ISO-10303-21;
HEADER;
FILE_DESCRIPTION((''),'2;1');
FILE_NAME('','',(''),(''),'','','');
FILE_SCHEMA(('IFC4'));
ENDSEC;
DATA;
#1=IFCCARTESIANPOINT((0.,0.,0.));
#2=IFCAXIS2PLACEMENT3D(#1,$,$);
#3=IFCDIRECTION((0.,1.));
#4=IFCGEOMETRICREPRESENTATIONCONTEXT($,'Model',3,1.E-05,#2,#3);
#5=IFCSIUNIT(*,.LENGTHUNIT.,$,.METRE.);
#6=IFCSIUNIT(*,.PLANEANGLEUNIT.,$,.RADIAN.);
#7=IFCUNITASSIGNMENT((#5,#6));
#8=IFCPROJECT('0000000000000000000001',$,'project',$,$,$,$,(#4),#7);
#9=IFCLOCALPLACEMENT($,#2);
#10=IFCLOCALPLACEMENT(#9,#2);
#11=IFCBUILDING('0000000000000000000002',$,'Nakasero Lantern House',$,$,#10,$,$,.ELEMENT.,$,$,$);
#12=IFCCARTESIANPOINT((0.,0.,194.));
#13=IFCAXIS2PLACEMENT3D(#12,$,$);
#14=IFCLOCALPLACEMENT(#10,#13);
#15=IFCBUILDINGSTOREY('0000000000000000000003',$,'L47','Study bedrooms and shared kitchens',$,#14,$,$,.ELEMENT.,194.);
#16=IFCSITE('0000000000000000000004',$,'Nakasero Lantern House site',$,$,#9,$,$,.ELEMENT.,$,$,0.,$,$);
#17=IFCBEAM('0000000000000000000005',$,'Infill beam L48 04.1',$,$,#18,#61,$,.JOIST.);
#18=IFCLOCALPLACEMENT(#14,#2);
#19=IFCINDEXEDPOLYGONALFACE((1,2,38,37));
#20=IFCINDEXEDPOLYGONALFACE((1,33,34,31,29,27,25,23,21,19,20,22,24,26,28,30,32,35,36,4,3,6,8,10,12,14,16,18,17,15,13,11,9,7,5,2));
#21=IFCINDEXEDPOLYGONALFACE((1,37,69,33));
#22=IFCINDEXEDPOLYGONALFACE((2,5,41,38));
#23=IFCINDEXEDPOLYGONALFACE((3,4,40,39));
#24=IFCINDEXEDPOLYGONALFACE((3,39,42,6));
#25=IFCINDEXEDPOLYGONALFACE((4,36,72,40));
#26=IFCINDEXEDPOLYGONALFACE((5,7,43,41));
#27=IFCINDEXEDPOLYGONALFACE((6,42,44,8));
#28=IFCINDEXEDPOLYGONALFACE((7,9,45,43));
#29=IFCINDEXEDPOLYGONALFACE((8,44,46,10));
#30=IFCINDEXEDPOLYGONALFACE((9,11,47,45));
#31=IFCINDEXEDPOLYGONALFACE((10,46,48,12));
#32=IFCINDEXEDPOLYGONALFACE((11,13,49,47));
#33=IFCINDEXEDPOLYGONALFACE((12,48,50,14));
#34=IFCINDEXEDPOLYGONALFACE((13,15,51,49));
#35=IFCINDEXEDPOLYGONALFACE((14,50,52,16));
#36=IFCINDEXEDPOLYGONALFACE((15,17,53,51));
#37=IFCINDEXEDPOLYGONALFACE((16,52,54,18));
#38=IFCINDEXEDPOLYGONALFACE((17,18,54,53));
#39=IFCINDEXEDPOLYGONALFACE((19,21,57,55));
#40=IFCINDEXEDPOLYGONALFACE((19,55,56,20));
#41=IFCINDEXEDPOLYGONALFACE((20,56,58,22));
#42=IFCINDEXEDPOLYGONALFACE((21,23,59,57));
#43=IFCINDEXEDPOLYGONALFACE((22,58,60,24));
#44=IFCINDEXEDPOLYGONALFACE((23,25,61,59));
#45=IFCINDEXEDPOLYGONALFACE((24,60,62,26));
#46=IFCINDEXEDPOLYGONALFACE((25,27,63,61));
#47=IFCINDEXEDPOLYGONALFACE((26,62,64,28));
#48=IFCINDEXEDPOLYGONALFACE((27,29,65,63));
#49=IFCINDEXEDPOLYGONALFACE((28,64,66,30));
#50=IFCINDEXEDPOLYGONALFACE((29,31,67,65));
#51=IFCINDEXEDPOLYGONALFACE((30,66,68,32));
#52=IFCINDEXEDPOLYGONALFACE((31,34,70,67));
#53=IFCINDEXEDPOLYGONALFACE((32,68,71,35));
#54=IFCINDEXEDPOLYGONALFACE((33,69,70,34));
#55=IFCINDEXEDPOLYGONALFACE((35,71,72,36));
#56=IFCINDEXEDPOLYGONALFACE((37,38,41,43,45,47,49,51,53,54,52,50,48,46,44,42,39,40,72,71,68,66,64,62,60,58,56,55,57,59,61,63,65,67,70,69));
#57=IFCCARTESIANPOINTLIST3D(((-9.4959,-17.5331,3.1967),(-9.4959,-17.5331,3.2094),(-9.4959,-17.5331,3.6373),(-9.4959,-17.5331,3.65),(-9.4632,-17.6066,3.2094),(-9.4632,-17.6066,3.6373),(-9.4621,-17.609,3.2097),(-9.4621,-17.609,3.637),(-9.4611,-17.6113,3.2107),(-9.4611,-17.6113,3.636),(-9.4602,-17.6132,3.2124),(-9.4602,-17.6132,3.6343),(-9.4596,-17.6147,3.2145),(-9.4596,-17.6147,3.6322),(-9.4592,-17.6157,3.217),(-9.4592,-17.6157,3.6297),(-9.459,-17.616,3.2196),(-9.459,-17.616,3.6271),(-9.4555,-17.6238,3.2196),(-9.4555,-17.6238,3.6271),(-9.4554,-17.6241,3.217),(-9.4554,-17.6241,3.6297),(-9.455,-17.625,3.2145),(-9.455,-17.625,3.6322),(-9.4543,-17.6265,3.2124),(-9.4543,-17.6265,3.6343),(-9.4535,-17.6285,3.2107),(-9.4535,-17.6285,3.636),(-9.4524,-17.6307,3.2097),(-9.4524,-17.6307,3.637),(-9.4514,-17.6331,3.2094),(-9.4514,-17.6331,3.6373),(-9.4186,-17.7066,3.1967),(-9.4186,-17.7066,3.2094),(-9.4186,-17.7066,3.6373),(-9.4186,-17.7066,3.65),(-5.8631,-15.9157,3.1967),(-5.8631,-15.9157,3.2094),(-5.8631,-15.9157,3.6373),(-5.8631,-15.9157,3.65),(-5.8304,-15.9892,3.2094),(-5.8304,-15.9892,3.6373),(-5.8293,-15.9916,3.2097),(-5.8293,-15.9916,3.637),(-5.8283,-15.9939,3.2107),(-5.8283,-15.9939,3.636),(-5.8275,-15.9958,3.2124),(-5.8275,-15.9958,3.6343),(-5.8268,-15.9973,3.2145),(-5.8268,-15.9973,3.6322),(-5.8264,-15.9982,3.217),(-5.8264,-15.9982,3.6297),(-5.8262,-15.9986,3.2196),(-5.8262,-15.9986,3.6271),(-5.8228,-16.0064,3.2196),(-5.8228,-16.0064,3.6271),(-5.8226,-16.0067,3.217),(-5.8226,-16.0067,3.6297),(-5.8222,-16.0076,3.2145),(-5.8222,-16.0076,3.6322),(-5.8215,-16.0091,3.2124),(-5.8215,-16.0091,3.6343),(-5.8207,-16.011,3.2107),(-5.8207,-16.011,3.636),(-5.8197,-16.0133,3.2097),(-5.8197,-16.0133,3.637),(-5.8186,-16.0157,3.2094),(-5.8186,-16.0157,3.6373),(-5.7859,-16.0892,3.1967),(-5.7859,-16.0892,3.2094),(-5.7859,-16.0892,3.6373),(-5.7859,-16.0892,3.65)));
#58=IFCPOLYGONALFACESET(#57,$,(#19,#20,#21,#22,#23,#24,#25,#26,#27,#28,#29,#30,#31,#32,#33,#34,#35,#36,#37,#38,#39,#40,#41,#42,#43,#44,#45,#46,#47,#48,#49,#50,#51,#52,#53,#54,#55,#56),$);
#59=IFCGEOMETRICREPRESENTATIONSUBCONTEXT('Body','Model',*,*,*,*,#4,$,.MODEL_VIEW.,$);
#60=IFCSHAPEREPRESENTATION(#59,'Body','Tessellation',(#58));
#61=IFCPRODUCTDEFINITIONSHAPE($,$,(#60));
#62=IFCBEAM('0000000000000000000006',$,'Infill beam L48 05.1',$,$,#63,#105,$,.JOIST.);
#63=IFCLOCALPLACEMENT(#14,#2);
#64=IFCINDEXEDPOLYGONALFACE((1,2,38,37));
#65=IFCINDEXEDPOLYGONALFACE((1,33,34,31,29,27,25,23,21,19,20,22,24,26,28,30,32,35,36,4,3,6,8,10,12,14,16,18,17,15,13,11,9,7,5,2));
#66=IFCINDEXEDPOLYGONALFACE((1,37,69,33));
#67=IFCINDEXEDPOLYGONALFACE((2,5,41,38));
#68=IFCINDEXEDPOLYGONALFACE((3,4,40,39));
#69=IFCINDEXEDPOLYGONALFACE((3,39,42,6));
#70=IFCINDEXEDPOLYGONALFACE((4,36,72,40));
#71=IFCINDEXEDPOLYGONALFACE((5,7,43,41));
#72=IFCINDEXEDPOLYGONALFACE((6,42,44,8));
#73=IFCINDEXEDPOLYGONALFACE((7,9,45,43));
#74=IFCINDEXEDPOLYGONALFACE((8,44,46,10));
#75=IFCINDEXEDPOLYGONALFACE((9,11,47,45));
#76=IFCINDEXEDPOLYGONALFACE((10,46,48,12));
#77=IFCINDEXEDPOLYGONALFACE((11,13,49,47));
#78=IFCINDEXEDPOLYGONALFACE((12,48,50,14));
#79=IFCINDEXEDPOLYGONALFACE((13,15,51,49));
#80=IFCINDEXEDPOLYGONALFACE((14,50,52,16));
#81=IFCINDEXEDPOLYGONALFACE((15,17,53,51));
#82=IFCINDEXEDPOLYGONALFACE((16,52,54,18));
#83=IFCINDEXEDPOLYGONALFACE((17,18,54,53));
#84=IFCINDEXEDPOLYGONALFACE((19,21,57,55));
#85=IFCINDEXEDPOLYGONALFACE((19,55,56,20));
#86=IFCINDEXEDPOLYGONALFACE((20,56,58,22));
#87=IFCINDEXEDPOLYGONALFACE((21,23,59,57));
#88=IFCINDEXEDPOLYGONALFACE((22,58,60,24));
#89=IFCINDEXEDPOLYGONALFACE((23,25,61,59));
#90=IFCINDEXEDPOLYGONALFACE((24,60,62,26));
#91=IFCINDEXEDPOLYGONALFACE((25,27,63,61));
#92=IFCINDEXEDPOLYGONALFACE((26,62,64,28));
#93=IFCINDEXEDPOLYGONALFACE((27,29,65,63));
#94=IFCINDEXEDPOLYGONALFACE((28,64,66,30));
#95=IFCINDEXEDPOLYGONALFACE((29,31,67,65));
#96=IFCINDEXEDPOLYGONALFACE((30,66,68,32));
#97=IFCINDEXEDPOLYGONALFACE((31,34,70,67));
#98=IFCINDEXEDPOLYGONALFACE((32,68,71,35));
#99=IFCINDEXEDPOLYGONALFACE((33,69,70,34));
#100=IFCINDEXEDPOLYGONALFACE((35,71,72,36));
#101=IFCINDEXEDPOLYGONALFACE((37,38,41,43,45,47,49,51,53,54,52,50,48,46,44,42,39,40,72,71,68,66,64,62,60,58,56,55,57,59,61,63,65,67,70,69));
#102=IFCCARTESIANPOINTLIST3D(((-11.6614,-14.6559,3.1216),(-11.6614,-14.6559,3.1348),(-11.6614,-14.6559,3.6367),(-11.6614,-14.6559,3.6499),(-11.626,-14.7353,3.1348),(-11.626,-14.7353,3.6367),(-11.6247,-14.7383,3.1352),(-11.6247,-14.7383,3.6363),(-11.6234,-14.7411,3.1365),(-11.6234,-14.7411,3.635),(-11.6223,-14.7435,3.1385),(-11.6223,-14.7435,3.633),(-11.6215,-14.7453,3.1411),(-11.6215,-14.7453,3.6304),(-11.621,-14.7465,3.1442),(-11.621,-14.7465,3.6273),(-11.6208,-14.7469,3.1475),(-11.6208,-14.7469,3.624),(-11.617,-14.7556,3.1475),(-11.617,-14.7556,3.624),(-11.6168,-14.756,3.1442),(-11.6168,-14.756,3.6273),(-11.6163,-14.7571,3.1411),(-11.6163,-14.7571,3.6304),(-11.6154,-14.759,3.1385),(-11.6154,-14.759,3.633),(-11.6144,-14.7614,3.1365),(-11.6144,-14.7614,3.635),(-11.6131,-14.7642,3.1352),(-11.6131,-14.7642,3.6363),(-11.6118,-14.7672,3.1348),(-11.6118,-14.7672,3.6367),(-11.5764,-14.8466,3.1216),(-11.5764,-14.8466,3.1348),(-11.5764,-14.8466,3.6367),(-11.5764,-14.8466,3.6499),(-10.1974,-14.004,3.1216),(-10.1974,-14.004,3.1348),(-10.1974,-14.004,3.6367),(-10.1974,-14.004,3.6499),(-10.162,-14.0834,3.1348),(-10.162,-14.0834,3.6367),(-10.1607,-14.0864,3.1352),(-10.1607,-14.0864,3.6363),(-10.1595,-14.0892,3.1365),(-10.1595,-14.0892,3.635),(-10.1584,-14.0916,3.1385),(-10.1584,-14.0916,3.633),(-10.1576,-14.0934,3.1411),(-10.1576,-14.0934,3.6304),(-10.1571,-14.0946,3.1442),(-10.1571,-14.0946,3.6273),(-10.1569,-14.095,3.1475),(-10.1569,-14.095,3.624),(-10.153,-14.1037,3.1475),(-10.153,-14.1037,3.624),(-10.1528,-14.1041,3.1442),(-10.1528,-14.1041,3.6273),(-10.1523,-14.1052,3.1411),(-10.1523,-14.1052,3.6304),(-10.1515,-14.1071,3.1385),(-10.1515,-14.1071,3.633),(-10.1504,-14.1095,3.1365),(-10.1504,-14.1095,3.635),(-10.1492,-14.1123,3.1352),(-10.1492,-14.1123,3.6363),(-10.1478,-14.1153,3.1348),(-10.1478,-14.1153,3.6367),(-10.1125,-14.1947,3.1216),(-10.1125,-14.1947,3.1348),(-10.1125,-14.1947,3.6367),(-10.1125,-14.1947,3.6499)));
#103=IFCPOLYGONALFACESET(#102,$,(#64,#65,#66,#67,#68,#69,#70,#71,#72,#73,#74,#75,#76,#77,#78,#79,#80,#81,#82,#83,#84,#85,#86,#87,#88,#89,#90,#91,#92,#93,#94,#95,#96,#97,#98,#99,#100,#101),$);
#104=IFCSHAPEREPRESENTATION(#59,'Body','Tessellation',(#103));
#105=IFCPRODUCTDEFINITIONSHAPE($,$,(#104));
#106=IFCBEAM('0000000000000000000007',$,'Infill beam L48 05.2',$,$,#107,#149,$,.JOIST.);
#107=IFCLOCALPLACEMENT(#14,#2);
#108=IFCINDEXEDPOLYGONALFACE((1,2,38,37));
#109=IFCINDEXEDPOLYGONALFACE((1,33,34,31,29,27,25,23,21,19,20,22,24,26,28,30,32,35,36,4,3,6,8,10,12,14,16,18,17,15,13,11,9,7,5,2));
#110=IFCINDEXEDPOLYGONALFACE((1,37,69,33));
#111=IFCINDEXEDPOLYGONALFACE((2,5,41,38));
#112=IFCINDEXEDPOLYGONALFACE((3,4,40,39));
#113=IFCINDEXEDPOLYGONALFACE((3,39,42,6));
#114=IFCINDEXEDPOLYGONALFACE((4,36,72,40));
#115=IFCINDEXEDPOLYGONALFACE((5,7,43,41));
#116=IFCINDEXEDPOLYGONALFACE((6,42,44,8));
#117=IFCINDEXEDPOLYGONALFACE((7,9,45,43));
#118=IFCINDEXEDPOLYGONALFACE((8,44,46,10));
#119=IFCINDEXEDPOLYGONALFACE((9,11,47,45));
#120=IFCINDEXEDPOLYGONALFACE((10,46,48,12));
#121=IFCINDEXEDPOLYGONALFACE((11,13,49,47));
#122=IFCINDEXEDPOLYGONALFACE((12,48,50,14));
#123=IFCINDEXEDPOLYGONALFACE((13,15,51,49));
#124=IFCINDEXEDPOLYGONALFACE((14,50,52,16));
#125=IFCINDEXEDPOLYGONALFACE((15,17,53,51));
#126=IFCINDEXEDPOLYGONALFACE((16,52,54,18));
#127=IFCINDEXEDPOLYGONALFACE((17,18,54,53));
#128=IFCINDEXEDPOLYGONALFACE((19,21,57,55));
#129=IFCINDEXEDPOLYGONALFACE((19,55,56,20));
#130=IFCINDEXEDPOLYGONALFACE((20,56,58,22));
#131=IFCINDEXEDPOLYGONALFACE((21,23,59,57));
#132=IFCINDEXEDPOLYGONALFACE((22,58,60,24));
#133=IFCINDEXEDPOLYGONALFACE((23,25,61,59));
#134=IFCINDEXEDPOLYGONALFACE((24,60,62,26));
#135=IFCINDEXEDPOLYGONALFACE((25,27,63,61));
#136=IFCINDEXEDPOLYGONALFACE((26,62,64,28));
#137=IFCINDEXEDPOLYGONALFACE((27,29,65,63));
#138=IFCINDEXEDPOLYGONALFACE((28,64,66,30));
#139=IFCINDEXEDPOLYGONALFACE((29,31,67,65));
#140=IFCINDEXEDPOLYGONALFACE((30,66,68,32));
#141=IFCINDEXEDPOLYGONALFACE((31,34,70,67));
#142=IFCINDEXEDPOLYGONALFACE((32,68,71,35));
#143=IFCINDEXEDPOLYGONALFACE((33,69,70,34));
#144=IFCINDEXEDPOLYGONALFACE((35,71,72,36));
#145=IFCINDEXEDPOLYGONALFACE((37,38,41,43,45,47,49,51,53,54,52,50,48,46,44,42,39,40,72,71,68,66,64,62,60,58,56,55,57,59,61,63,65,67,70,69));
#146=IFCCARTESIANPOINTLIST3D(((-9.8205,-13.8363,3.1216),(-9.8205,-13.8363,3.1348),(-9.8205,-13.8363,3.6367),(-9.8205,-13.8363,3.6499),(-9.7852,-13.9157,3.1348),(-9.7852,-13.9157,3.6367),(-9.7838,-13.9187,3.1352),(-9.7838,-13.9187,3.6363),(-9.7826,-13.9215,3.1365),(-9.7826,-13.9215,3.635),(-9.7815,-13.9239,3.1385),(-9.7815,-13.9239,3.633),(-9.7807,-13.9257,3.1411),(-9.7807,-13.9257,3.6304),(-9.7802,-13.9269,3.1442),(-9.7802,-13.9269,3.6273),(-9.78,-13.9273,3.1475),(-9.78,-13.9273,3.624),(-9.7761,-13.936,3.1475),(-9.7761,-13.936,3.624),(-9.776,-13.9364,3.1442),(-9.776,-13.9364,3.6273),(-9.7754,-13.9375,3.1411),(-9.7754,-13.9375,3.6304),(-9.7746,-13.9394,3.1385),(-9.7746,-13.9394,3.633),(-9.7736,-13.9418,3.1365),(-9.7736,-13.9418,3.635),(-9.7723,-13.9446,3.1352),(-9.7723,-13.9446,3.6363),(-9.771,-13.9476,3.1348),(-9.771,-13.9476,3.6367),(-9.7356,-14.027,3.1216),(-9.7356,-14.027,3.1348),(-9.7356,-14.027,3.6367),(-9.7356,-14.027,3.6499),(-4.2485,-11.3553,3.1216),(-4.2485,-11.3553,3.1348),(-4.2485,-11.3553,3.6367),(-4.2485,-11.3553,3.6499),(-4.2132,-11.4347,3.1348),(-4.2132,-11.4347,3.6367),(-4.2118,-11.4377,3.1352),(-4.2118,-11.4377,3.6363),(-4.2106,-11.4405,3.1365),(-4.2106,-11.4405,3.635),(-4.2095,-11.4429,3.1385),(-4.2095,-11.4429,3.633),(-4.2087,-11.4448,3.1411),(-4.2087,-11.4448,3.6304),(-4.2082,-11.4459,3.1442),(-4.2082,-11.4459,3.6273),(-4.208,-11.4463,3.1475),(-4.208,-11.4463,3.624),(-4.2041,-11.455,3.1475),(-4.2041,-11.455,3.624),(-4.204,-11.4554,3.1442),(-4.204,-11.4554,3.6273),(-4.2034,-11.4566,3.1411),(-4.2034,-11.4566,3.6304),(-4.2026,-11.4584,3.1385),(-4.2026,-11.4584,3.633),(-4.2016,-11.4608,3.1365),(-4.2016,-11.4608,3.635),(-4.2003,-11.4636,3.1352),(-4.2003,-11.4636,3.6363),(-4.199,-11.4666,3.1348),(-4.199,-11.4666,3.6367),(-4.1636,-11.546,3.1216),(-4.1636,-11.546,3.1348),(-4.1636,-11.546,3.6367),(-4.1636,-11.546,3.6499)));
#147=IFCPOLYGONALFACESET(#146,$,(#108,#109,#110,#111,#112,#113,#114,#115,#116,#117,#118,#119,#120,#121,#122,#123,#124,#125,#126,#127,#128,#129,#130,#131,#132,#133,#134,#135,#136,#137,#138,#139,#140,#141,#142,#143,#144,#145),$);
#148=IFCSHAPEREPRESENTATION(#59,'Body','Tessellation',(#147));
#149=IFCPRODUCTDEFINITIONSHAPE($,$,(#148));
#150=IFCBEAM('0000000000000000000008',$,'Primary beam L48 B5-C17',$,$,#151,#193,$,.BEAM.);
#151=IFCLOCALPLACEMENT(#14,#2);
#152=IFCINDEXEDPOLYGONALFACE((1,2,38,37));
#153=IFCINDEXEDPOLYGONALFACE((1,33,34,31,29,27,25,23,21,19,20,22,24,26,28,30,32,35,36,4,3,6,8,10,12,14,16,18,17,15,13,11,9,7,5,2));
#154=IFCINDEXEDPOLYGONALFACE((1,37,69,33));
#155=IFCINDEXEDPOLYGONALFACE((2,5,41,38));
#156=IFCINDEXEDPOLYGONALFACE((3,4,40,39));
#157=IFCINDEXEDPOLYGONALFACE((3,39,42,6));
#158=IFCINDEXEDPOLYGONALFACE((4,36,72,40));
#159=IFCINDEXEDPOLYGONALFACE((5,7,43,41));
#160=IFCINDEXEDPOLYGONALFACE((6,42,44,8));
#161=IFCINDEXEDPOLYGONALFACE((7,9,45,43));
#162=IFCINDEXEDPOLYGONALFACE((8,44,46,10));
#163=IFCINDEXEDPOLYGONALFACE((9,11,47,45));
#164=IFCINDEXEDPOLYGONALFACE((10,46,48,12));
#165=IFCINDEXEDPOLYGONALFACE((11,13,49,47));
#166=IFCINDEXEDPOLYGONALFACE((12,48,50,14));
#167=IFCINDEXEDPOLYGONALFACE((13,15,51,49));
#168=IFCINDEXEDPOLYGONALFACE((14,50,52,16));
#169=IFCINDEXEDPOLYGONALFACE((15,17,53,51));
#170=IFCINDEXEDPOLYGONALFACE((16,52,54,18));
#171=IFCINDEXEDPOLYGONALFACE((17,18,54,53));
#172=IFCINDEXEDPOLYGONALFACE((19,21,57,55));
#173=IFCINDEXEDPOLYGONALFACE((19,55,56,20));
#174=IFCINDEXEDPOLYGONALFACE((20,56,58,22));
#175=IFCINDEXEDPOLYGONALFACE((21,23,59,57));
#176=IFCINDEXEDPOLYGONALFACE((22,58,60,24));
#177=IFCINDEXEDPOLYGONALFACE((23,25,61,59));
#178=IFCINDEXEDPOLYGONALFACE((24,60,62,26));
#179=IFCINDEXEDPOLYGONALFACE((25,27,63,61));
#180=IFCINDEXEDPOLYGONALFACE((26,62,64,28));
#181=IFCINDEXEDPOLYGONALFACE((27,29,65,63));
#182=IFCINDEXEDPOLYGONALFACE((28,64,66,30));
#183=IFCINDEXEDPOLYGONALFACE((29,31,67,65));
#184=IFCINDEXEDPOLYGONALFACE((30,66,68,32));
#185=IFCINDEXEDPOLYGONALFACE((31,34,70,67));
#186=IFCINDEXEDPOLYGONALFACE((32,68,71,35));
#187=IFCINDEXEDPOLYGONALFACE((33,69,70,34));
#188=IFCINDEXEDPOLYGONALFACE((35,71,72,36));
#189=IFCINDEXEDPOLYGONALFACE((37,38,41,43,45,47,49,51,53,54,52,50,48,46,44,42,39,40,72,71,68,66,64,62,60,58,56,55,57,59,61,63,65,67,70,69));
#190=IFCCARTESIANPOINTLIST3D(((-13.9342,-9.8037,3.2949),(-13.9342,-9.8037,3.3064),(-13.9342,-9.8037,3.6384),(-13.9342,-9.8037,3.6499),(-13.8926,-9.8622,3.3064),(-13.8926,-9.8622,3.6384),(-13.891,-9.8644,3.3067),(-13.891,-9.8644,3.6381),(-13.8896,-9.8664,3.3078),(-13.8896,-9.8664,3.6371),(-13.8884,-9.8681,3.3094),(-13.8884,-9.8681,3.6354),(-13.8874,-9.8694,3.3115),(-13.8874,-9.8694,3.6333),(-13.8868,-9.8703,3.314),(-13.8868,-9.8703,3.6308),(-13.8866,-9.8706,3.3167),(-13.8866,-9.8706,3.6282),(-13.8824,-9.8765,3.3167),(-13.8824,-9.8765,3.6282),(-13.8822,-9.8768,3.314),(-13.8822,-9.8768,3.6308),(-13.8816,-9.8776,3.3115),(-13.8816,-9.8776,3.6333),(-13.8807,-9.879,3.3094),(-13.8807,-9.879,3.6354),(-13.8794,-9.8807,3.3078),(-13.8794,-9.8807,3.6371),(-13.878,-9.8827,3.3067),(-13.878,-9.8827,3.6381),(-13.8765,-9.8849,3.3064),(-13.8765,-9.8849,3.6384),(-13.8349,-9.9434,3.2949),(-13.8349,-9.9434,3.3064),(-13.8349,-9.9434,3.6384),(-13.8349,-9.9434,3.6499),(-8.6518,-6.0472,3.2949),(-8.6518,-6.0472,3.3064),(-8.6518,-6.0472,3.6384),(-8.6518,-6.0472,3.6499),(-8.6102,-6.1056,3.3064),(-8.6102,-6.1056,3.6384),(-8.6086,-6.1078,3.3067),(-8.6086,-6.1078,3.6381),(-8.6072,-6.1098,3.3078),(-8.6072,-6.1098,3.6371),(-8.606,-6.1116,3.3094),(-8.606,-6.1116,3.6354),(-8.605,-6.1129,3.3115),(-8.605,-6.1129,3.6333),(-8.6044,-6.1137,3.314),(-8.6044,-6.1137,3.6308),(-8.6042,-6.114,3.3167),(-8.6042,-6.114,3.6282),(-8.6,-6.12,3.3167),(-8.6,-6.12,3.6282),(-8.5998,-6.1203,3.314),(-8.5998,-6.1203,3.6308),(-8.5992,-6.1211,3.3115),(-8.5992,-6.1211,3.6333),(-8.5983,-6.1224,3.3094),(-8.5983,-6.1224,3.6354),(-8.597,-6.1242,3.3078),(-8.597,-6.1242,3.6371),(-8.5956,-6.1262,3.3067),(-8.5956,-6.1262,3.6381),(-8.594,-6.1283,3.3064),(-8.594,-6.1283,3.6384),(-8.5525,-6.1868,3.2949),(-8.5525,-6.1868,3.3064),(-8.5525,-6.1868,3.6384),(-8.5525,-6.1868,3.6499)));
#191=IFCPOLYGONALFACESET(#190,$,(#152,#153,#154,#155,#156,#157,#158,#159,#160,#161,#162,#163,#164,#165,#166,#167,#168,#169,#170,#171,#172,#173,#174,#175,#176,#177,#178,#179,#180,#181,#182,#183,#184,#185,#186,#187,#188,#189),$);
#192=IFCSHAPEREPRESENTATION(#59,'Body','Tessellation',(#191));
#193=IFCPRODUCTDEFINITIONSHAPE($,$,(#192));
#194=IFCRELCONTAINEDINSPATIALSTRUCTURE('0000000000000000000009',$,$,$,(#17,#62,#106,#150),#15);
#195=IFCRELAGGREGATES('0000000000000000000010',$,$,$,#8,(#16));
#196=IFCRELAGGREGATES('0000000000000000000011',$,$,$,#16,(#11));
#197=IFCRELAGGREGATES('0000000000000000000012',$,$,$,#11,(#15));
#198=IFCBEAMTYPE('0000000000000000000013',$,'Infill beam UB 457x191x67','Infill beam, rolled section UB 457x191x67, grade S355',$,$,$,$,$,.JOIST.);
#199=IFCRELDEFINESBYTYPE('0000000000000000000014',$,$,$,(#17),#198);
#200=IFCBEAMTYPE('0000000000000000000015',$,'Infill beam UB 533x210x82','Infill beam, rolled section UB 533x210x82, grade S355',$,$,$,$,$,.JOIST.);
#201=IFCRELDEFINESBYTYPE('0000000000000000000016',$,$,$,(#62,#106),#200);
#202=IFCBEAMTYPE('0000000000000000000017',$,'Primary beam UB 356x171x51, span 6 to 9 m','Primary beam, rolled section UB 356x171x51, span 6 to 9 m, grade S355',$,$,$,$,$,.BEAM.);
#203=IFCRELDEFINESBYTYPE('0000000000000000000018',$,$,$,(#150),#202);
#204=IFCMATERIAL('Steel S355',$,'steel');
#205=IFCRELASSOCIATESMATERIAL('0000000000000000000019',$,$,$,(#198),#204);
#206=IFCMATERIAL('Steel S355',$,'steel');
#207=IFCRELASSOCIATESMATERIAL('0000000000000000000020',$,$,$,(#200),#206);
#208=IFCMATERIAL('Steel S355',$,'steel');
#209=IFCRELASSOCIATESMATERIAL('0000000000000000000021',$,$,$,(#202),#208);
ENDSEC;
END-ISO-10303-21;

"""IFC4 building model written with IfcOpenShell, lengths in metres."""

from ifc_helpers import new_model, si_unit, direction, frame, origin, origin_2d, place, context, subcontext, project, spatial, i_section, extrude, material, material_profile, profile_set, type_object, element, save


model = new_model("IFC4")

# Units and contexts
model_context = context("Model", 3, precision=1e-05, world=origin(), true_north=direction((0.0, 1.0)))
body_context = subcontext(model_context, "Body", "Model", "MODEL_VIEW")
ifc_project = project(units=[si_unit("LENGTHUNIT", "METRE"), si_unit("PLANEANGLEUNIT", "RADIAN")], contexts=[model_context])

# Site, building, storey
site_placement = place(None, origin())
site = spatial("IfcSite", under=ifc_project, at=site_placement, Name="Nakasero Lantern House site", CompositionType="ELEMENT", RefElevation=0.0)
building_placement = place(site_placement, origin())
building = spatial("IfcBuilding", under=site, at=building_placement, Name="Nakasero Lantern House", CompositionType="ELEMENT")
storey_placement = place(building_placement, frame((0.0, 0.0, 194.0)))
storey = spatial("IfcBuildingStorey", under=building, at=storey_placement, Name="L47", Description="Study bedrooms and shared kitchens", CompositionType="ELEMENT", Elevation=194.0)

# Beams
ifc_material_1 = material(Name="Steel S355", Category="steel")
ifc_material_profile_1 = material_profile(ifc_material_1, i_section(OverallWidth=0.1899, OverallDepth=0.4534, WebThickness=0.0085, FlangeThickness=0.0127, FilletRadius=0.0103, at=origin_2d()), Name="UB 457x191x67")
ifc_profile_set_1 = profile_set([ifc_material_profile_1], Name="Steel S355")
beam_type_1 = type_object("IfcBeamType", Name="Infill beam UB 457x191x67", Description="Infill beam, rolled section UB 457x191x67, grade S355", PredefinedType="JOIST", material=ifc_profile_set_1)
beam_1_placement = place(storey_placement, frame((-9.4573, -17.6199, 3.4233), z_axis=(0.913546, 0.406736, 0.0), x_axis=(-0.406736, 0.913546, 0.0)))
element("IfcBeam", 1, at=beam_1_placement, inside=storey, type_object=beam_type_1, Name="Infill beam L48 04.1", PredefinedType="JOIST", context=body_context, shape_type="SweptSolid", body=[
    extrude(i_section(OverallWidth=0.1899, OverallDepth=0.4534, WebThickness=0.0085, FlangeThickness=0.0127, FilletRadius=0.0103, at=origin_2d()), origin(), (0.0, 0.0, 1.0), 3.9766),
])
ifc_material_2 = material(Name="Steel S355", Category="steel")
ifc_material_profile_2 = material_profile(ifc_material_2, i_section(OverallWidth=0.2087, OverallDepth=0.5283, WebThickness=0.0095, FlangeThickness=0.0132, FilletRadius=0.0127, at=origin_2d()), Name="UB 533x210x82")
ifc_profile_set_2 = profile_set([ifc_material_profile_2], Name="Steel S355")
beam_type_2 = type_object("IfcBeamType", Name="Infill beam UB 533x210x82", Description="Infill beam, rolled section UB 533x210x82, grade S355", PredefinedType="JOIST", material=ifc_profile_set_2)
beam_2_placement = place(storey_placement, frame((-11.6189, -14.7512, 3.3857), z_axis=(0.913522, 0.406789, 0.0), x_axis=(-0.406789, 0.913522, 0.0)))
element("IfcBeam", 2, at=beam_2_placement, inside=storey, type_object=beam_type_2, Name="Infill beam L48 05.1", PredefinedType="JOIST", context=body_context, shape_type="SweptSolid", body=[
    extrude(i_section(OverallWidth=0.2087, OverallDepth=0.5283, WebThickness=0.0095, FlangeThickness=0.0132, FilletRadius=0.0127, at=origin_2d()), origin(), (0.0, 0.0, 1.0), 1.6025),
])
beam_3_placement = place(storey_placement, frame((-9.7781, -13.9316, 3.3857), z_axis=(0.913537, 0.406755, 0.0), x_axis=(-0.406755, 0.913537, 0.0)))
element("IfcBeam", 3, at=beam_3_placement, inside=storey, type_object=beam_type_2, Name="Infill beam L48 05.2", PredefinedType="JOIST", context=body_context, shape_type="SweptSolid", body=[
    extrude(i_section(OverallWidth=0.2087, OverallDepth=0.5283, WebThickness=0.0095, FlangeThickness=0.0132, FilletRadius=0.0127, at=origin_2d()), origin(), (0.0, 0.0, 1.0), 6.0994),
])
ifc_material_3 = material(Name="Steel S355", Category="steel")
ifc_material_profile_3 = material_profile(ifc_material_3, i_section(OverallWidth=0.1714, OverallDepth=0.355, WebThickness=0.0073, FlangeThickness=0.0115, FilletRadius=0.0103, at=origin_2d()), Name="UB 356x171x51")
ifc_profile_set_3 = profile_set([ifc_material_profile_3], Name="Steel S355")
beam_type_3 = type_object("IfcBeamType", Name="Primary beam UB 356x171x51, span 6 to 9 m", Description="Primary beam, rolled section UB 356x171x51, span 6 to 9 m, grade S355", PredefinedType="BEAM", material=ifc_profile_set_3)
beam_4_placement = place(storey_placement, frame((-13.8845, -9.8735, 3.4724), z_axis=(0.814943, 0.579541, 0.0), x_axis=(-0.579541, 0.814943, 0.0)))
element("IfcBeam", 4, at=beam_4_placement, inside=storey, type_object=beam_type_3, Name="Primary beam L48 B5-C17", PredefinedType="BEAM", context=body_context, shape_type="SweptSolid", body=[
    extrude(i_section(OverallWidth=0.1714, OverallDepth=0.355, WebThickness=0.0073, FlangeThickness=0.0115, FilletRadius=0.0103, at=origin_2d()), origin(), (0.0, 0.0, 1.0), 6.4819),
])

save(model, "model.ifc")
